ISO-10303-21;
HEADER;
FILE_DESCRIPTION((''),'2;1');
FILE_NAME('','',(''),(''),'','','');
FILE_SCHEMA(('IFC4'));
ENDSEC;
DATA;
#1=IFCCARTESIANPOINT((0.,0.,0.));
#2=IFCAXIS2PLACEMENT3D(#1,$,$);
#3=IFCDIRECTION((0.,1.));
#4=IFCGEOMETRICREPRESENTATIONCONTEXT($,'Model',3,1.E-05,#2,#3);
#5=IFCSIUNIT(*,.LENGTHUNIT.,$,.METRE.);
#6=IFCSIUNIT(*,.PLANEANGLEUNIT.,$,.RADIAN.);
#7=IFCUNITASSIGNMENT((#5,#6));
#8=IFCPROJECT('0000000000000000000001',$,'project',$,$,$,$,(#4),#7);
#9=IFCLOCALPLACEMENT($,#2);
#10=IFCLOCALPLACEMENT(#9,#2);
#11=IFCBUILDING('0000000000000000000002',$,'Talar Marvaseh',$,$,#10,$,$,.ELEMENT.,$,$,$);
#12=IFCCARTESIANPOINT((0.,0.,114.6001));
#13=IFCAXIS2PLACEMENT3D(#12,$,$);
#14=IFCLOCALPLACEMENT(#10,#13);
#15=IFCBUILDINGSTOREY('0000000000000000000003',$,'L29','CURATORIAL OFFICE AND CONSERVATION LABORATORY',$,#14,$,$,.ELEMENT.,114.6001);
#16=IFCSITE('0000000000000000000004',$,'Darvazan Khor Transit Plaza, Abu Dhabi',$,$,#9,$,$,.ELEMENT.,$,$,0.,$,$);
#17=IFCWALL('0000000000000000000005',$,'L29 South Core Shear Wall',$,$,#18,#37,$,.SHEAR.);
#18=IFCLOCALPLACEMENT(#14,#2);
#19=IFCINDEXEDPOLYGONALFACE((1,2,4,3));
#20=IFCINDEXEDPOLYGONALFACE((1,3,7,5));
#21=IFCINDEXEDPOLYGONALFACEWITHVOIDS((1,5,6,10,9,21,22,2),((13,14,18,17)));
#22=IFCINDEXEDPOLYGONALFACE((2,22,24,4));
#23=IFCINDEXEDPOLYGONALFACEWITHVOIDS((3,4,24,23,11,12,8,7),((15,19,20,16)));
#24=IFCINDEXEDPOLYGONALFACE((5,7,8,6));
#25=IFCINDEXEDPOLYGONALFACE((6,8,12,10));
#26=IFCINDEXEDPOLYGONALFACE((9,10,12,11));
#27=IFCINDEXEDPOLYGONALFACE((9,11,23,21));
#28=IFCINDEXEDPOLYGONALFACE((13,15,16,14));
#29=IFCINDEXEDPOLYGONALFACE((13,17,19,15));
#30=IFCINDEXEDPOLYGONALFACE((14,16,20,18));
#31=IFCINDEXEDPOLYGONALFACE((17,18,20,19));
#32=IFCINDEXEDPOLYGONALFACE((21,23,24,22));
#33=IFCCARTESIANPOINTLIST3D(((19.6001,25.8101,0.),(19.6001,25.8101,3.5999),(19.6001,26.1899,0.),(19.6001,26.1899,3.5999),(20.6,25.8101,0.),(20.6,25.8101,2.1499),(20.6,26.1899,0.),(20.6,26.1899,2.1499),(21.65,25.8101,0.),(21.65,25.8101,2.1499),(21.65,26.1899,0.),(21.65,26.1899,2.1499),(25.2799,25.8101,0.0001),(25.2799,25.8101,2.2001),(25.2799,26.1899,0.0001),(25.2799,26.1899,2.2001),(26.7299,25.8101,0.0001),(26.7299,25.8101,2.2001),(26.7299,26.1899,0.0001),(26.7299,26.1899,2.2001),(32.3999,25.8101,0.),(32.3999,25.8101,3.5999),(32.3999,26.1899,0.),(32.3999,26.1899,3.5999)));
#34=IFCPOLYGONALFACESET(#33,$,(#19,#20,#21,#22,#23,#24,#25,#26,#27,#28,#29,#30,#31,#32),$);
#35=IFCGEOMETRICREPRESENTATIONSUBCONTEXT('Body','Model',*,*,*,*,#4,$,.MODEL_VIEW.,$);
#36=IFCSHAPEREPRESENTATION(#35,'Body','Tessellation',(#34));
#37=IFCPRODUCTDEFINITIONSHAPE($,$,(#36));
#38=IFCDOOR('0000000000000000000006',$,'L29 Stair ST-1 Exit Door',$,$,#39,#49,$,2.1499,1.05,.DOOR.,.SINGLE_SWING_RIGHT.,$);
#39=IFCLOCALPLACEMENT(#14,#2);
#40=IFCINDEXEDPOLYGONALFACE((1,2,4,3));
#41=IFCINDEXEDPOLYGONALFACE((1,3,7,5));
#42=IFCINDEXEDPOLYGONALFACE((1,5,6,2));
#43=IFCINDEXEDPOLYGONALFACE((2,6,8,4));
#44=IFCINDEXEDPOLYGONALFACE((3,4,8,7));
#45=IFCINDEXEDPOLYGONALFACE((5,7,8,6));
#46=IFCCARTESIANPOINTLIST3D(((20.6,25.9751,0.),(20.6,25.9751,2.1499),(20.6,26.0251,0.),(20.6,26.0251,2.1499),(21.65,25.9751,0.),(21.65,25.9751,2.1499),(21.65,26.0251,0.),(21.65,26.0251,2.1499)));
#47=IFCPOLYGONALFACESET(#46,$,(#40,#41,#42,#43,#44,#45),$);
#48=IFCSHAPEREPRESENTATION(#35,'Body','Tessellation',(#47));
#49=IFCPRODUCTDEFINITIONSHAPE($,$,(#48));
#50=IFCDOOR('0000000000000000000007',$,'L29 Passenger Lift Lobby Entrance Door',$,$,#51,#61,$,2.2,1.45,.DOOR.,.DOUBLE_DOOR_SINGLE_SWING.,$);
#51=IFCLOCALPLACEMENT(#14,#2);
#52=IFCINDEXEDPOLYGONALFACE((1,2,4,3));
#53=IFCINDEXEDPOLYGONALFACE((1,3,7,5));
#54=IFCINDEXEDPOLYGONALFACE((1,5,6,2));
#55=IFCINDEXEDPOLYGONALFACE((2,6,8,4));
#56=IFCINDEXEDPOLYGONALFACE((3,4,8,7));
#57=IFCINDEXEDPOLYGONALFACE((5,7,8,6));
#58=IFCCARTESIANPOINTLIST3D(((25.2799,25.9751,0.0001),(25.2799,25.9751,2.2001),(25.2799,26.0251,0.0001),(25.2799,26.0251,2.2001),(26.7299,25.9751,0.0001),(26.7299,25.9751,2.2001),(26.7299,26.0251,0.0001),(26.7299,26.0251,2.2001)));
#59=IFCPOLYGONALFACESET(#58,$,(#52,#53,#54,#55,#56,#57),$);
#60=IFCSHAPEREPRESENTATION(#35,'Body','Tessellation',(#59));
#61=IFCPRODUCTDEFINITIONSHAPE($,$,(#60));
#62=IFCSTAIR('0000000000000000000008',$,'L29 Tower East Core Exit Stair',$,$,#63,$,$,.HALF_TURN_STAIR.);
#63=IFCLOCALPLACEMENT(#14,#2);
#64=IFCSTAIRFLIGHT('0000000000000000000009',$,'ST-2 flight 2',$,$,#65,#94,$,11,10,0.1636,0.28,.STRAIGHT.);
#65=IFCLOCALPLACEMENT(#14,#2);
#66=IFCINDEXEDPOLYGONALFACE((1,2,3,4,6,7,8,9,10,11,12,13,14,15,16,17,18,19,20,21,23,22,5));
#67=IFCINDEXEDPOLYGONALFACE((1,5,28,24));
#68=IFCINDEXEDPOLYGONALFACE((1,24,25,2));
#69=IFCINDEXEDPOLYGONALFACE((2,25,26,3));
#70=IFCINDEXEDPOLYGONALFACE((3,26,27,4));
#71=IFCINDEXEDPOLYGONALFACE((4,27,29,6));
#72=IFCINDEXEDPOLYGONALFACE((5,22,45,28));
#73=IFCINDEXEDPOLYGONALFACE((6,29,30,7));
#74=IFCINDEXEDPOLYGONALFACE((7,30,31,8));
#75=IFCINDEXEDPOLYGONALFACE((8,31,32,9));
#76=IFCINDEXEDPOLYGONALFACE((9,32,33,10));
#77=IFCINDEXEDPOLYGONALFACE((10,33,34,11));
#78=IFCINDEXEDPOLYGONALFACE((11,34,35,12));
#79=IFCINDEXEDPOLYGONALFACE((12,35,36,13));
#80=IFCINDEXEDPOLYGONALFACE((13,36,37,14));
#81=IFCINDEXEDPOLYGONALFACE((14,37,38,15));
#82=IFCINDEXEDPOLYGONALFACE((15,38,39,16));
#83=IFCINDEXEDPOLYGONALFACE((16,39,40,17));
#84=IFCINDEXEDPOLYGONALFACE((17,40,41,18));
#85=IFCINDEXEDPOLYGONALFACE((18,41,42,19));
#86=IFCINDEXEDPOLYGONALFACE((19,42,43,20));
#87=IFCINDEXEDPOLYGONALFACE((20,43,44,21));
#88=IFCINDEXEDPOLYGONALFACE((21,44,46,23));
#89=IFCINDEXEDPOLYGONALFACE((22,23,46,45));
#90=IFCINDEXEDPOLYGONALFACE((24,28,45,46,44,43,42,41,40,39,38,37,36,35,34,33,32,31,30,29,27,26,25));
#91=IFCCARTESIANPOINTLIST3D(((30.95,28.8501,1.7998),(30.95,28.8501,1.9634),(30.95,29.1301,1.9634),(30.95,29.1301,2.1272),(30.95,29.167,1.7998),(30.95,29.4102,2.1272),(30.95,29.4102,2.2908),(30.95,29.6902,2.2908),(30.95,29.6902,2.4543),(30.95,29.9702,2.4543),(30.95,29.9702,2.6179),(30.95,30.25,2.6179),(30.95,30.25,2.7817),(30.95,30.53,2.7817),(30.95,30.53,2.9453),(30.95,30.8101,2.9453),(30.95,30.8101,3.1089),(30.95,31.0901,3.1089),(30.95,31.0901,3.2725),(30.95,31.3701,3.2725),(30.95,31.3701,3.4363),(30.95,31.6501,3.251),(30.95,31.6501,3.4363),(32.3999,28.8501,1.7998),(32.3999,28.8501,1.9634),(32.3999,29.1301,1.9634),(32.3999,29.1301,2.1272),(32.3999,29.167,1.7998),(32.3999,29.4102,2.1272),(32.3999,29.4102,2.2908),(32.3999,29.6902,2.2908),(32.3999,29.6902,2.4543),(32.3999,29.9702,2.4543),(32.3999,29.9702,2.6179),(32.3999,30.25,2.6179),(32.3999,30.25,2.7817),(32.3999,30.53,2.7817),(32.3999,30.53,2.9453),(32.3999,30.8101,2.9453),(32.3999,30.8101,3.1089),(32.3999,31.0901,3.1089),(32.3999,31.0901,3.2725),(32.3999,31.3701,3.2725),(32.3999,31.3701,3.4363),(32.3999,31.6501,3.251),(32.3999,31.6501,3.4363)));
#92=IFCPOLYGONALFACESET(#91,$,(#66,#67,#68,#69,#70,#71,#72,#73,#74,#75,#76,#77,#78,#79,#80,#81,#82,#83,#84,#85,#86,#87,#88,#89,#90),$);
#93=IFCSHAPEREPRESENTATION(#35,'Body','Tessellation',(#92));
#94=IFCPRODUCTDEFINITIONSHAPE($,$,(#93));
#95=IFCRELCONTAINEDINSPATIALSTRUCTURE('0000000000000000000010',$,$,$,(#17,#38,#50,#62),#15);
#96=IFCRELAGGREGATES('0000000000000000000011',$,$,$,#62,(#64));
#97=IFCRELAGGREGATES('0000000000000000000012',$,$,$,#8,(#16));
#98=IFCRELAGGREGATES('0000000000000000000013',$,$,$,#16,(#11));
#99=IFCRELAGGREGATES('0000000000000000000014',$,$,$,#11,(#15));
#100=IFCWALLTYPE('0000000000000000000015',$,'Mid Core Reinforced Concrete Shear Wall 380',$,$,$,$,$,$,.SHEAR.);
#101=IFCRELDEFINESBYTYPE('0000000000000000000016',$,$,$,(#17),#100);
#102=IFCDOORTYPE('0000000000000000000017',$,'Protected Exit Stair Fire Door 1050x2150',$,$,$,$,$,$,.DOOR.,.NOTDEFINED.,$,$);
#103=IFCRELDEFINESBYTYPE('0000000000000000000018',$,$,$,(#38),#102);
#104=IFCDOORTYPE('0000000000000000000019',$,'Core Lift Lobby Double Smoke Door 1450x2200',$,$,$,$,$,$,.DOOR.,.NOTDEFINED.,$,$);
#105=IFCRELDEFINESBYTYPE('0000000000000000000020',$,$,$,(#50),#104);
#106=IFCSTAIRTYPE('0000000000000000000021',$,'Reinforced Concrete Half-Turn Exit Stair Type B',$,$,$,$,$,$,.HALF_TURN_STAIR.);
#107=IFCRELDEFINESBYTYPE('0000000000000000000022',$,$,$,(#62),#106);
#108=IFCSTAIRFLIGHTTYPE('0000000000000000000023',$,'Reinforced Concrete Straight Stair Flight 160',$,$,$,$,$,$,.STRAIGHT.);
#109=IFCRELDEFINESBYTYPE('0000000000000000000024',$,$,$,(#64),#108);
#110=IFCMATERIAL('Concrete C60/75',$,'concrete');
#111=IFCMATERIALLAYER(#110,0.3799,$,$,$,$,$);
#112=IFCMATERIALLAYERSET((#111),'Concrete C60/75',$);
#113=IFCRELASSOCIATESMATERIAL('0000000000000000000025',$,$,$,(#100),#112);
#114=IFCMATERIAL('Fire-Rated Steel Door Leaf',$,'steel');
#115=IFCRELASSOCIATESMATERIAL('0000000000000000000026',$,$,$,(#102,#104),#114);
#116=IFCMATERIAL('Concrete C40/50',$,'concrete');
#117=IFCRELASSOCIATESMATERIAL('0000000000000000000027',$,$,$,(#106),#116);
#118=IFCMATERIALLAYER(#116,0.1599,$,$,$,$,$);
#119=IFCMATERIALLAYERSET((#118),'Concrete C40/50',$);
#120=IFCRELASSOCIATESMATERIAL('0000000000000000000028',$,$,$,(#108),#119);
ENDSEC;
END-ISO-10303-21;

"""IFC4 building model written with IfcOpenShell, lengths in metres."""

from ifc_helpers import new_model, si_unit, direction, frame, frame_2d, origin, place, context, subcontext, project, spatial, polyline, rectangle, outline, extrude, source, transform, mapped, material, layer, layer_set, type_object, type_shapes, element, fill, aggregate, save


model = new_model("IFC4")

# Units and contexts
model_context = context("Model", 3, precision=1e-05, world=origin(), true_north=direction((0.0, 1.0)))
body_context = subcontext(model_context, "Body", "Model", "MODEL_VIEW")
ifc_project = project(units=[si_unit("LENGTHUNIT", "METRE"), si_unit("PLANEANGLEUNIT", "RADIAN")], contexts=[model_context])

# Site, building, storey
site_placement = place(None, origin())
site = spatial("IfcSite", under=ifc_project, at=site_placement, Name="Darvazan Khor Transit Plaza, Abu Dhabi", CompositionType="ELEMENT", RefElevation=0.0)
building_placement = place(site_placement, origin())
building = spatial("IfcBuilding", under=site, at=building_placement, Name="Talar Marvaseh", CompositionType="ELEMENT")
storey_placement = place(building_placement, frame((0.0, 0.0, 114.6001)))
storey = spatial("IfcBuildingStorey", under=building, at=storey_placement, Name="L29", Description="CURATORIAL OFFICE AND CONSERVATION LABORATORY", CompositionType="ELEMENT", Elevation=114.6001)

# Shared definitions
ifc_material_1 = material(Name="Concrete C60/75", Category="concrete")

# Wall, openings, doors
ifc_layer_1 = layer(ifc_material_1, 0.3799)
ifc_layer_set_1 = layer_set([ifc_layer_1], Name="Concrete C60/75")
wall_type_1 = type_object("IfcWallType", Name="Mid Core Reinforced Concrete Shear Wall 380", PredefinedType="SHEAR", material=ifc_layer_set_1)
wall_1_placement = place(storey_placement, frame((32.3999, 26.0, 0.0), z_axis=(0.0, 0.0, 1.0), x_axis=(-1.0, 0.0, 0.0)))
wall_1 = element("IfcWall", 1, at=wall_1_placement, inside=storey, type_object=wall_type_1, Name="L29 South Core Shear Wall", PredefinedType="SHEAR", context=body_context, shape_type="SweptSolid", body=[
    extrude(rectangle(XDim=12.7998, YDim=0.3799, at=frame_2d((6.3999, 0.0))), origin(), (0.0, 0.0, 1.0), 3.5999),
])
opening_1_placement = place(wall_1_placement, frame((10.75, 0.0, 0.0)))
opening_1 = element("IfcOpeningElement", 2, at=opening_1_placement, cuts=wall_1, PredefinedType="OPENING", context=body_context, shape_type="SweptSolid", body=[
    extrude(rectangle(XDim=1.05, YDim=2.1499, at=frame_2d((0.5249, 1.075))), frame((0.0, 0.2, 0.0), z_axis=(0.0, -1.0, 0.0), x_axis=(1.0, 0.0, 0.0)), (0.0, 0.0, 1.0), 0.3999),
])
opening_2_placement = place(wall_1_placement, frame((5.6699, 0.0, 0.0)))
opening_2 = element("IfcOpeningElement", 3, at=opening_2_placement, cuts=wall_1, PredefinedType="OPENING", context=body_context, shape_type="SweptSolid", body=[
    extrude(rectangle(XDim=1.45, YDim=2.2, at=frame_2d((0.7251, 1.1001))), frame((0.0, 0.2, 0.0), z_axis=(0.0, -1.0, 0.0), x_axis=(1.0, 0.0, 0.0)), (0.0, 0.0, 1.0), 0.3999),
])
ifc_material_2 = material(Name="Fire-Rated Steel Door Leaf", Category="steel")
door_type_1 = type_object("IfcDoorType", Name="Protected Exit Stair Fire Door 1050x2150", OperationType="NOTDEFINED", PredefinedType="DOOR", material=ifc_material_2)
shared_shape_1 = source(origin(), body_context, "Body", "SweptSolid", [
    extrude(rectangle(XDim=1.05, YDim=2.1499, at=frame_2d((0.5249, 1.075))), frame((0.0, 0.0249, 0.0), z_axis=(0.0, -1.0, 0.0), x_axis=(1.0, 0.0, 0.0)), (0.0, 0.0, 1.0), 0.05),
])
type_shapes(door_type_1, [shared_shape_1])
door_1_placement = place(opening_1_placement, origin())
door_1 = element("IfcDoor", 4, at=door_1_placement, inside=storey, type_object=door_type_1, Name="L29 Stair ST-1 Exit Door", OperationType="SINGLE_SWING_RIGHT", OverallHeight=2.1499, OverallWidth=1.05, PredefinedType="DOOR", context=body_context, shape_type="MappedRepresentation", body=[
    mapped(shared_shape_1, transform((0.0, 0.0, 0.0), x_axis=(1.0, 0.0, 0.0), y_axis=(0.0, 1.0, 0.0), z_axis=(0.0, 0.0, 1.0), scale=1.0)),
])
fill(opening_1, door_1)
door_type_2 = type_object("IfcDoorType", Name="Core Lift Lobby Double Smoke Door 1450x2200", OperationType="NOTDEFINED", PredefinedType="DOOR", material=ifc_material_2)
shared_shape_2 = source(origin(), body_context, "Body", "SweptSolid", [
    extrude(rectangle(XDim=1.45, YDim=2.2, at=frame_2d((0.7251, 1.1001))), frame((0.0, 0.0249, 0.0), z_axis=(0.0, -1.0, 0.0), x_axis=(1.0, 0.0, 0.0)), (0.0, 0.0, 1.0), 0.05),
])
type_shapes(door_type_2, [shared_shape_2])
door_2_placement = place(opening_2_placement, origin())
door_2 = element("IfcDoor", 5, at=door_2_placement, inside=storey, type_object=door_type_2, Name="L29 Passenger Lift Lobby Entrance Door", OperationType="DOUBLE_DOOR_SINGLE_SWING", OverallHeight=2.2, OverallWidth=1.45, PredefinedType="DOOR", context=body_context, shape_type="MappedRepresentation", body=[
    mapped(shared_shape_2, transform((0.0, 0.0, 0.0), x_axis=(1.0, 0.0, 0.0), y_axis=(0.0, 1.0, 0.0), z_axis=(0.0, 0.0, 1.0), scale=1.0)),
])
fill(opening_2, door_2)

# Stair, stair flight
ifc_material_3 = material(Name="Concrete C40/50", Category="concrete")
stair_type = type_object("IfcStairType", Name="Reinforced Concrete Half-Turn Exit Stair Type B", PredefinedType="HALF_TURN_STAIR", material=ifc_material_3)
stair_placement = place(storey_placement, origin())
stair = element("IfcStair", 6, at=stair_placement, inside=storey, type_object=stair_type, Name="L29 Tower East Core Exit Stair", PredefinedType="HALF_TURN_STAIR")
ifc_layer_2 = layer(ifc_material_3, 0.1599)
ifc_layer_set_2 = layer_set([ifc_layer_2], Name="Concrete C40/50")
stair_flight_type = type_object("IfcStairFlightType", Name="Reinforced Concrete Straight Stair Flight 160", PredefinedType="STRAIGHT", material=ifc_layer_set_2)
stair_flight_placement = place(storey_placement, frame((31.675, 28.8501, 1.7998), z_axis=(0.0, 0.0, 1.0), x_axis=(0.0, 1.0, 0.0)))
stair_flight = element("IfcStairFlight", 7, at=stair_flight_placement, type_object=stair_flight_type, Name="ST-2 flight 2", NumberOfRisers=11, NumberOfTreads=10, PredefinedType="STRAIGHT", RiserHeight=0.1636, TreadLength=0.28, context=body_context, shape_type="SweptSolid", body=[
    extrude(outline(polyline([(0.0, 0.0), (0.0, 0.1636), (0.28, 0.1636), (0.28, 0.3274), (0.5601, 0.3274), (0.5601, 0.491), (0.8401, 0.491), (0.8401, 0.6545), (1.1201, 0.6545), (1.1201, 0.8181), (1.3999, 0.8181), (1.3999, 0.9819), (1.6799, 0.9819), (1.6799, 1.1455), (1.96, 1.1455), (1.96, 1.3091), (2.24, 1.3091), (2.24, 1.4727), (2.52, 1.4727), (2.52, 1.6365), (2.8, 1.6365), (2.8, 1.8), (2.8, 1.4512), (0.3169, 0.0), (0.0, 0.0)])), frame((0.0, 0.7251, 0.0), z_axis=(0.0, -1.0, 0.0), x_axis=(1.0, 0.0, 0.0)), (0.0, 0.0, 1.0), 1.45),
])
aggregate(stair, [stair_flight])

save(model, "model.ifc")
